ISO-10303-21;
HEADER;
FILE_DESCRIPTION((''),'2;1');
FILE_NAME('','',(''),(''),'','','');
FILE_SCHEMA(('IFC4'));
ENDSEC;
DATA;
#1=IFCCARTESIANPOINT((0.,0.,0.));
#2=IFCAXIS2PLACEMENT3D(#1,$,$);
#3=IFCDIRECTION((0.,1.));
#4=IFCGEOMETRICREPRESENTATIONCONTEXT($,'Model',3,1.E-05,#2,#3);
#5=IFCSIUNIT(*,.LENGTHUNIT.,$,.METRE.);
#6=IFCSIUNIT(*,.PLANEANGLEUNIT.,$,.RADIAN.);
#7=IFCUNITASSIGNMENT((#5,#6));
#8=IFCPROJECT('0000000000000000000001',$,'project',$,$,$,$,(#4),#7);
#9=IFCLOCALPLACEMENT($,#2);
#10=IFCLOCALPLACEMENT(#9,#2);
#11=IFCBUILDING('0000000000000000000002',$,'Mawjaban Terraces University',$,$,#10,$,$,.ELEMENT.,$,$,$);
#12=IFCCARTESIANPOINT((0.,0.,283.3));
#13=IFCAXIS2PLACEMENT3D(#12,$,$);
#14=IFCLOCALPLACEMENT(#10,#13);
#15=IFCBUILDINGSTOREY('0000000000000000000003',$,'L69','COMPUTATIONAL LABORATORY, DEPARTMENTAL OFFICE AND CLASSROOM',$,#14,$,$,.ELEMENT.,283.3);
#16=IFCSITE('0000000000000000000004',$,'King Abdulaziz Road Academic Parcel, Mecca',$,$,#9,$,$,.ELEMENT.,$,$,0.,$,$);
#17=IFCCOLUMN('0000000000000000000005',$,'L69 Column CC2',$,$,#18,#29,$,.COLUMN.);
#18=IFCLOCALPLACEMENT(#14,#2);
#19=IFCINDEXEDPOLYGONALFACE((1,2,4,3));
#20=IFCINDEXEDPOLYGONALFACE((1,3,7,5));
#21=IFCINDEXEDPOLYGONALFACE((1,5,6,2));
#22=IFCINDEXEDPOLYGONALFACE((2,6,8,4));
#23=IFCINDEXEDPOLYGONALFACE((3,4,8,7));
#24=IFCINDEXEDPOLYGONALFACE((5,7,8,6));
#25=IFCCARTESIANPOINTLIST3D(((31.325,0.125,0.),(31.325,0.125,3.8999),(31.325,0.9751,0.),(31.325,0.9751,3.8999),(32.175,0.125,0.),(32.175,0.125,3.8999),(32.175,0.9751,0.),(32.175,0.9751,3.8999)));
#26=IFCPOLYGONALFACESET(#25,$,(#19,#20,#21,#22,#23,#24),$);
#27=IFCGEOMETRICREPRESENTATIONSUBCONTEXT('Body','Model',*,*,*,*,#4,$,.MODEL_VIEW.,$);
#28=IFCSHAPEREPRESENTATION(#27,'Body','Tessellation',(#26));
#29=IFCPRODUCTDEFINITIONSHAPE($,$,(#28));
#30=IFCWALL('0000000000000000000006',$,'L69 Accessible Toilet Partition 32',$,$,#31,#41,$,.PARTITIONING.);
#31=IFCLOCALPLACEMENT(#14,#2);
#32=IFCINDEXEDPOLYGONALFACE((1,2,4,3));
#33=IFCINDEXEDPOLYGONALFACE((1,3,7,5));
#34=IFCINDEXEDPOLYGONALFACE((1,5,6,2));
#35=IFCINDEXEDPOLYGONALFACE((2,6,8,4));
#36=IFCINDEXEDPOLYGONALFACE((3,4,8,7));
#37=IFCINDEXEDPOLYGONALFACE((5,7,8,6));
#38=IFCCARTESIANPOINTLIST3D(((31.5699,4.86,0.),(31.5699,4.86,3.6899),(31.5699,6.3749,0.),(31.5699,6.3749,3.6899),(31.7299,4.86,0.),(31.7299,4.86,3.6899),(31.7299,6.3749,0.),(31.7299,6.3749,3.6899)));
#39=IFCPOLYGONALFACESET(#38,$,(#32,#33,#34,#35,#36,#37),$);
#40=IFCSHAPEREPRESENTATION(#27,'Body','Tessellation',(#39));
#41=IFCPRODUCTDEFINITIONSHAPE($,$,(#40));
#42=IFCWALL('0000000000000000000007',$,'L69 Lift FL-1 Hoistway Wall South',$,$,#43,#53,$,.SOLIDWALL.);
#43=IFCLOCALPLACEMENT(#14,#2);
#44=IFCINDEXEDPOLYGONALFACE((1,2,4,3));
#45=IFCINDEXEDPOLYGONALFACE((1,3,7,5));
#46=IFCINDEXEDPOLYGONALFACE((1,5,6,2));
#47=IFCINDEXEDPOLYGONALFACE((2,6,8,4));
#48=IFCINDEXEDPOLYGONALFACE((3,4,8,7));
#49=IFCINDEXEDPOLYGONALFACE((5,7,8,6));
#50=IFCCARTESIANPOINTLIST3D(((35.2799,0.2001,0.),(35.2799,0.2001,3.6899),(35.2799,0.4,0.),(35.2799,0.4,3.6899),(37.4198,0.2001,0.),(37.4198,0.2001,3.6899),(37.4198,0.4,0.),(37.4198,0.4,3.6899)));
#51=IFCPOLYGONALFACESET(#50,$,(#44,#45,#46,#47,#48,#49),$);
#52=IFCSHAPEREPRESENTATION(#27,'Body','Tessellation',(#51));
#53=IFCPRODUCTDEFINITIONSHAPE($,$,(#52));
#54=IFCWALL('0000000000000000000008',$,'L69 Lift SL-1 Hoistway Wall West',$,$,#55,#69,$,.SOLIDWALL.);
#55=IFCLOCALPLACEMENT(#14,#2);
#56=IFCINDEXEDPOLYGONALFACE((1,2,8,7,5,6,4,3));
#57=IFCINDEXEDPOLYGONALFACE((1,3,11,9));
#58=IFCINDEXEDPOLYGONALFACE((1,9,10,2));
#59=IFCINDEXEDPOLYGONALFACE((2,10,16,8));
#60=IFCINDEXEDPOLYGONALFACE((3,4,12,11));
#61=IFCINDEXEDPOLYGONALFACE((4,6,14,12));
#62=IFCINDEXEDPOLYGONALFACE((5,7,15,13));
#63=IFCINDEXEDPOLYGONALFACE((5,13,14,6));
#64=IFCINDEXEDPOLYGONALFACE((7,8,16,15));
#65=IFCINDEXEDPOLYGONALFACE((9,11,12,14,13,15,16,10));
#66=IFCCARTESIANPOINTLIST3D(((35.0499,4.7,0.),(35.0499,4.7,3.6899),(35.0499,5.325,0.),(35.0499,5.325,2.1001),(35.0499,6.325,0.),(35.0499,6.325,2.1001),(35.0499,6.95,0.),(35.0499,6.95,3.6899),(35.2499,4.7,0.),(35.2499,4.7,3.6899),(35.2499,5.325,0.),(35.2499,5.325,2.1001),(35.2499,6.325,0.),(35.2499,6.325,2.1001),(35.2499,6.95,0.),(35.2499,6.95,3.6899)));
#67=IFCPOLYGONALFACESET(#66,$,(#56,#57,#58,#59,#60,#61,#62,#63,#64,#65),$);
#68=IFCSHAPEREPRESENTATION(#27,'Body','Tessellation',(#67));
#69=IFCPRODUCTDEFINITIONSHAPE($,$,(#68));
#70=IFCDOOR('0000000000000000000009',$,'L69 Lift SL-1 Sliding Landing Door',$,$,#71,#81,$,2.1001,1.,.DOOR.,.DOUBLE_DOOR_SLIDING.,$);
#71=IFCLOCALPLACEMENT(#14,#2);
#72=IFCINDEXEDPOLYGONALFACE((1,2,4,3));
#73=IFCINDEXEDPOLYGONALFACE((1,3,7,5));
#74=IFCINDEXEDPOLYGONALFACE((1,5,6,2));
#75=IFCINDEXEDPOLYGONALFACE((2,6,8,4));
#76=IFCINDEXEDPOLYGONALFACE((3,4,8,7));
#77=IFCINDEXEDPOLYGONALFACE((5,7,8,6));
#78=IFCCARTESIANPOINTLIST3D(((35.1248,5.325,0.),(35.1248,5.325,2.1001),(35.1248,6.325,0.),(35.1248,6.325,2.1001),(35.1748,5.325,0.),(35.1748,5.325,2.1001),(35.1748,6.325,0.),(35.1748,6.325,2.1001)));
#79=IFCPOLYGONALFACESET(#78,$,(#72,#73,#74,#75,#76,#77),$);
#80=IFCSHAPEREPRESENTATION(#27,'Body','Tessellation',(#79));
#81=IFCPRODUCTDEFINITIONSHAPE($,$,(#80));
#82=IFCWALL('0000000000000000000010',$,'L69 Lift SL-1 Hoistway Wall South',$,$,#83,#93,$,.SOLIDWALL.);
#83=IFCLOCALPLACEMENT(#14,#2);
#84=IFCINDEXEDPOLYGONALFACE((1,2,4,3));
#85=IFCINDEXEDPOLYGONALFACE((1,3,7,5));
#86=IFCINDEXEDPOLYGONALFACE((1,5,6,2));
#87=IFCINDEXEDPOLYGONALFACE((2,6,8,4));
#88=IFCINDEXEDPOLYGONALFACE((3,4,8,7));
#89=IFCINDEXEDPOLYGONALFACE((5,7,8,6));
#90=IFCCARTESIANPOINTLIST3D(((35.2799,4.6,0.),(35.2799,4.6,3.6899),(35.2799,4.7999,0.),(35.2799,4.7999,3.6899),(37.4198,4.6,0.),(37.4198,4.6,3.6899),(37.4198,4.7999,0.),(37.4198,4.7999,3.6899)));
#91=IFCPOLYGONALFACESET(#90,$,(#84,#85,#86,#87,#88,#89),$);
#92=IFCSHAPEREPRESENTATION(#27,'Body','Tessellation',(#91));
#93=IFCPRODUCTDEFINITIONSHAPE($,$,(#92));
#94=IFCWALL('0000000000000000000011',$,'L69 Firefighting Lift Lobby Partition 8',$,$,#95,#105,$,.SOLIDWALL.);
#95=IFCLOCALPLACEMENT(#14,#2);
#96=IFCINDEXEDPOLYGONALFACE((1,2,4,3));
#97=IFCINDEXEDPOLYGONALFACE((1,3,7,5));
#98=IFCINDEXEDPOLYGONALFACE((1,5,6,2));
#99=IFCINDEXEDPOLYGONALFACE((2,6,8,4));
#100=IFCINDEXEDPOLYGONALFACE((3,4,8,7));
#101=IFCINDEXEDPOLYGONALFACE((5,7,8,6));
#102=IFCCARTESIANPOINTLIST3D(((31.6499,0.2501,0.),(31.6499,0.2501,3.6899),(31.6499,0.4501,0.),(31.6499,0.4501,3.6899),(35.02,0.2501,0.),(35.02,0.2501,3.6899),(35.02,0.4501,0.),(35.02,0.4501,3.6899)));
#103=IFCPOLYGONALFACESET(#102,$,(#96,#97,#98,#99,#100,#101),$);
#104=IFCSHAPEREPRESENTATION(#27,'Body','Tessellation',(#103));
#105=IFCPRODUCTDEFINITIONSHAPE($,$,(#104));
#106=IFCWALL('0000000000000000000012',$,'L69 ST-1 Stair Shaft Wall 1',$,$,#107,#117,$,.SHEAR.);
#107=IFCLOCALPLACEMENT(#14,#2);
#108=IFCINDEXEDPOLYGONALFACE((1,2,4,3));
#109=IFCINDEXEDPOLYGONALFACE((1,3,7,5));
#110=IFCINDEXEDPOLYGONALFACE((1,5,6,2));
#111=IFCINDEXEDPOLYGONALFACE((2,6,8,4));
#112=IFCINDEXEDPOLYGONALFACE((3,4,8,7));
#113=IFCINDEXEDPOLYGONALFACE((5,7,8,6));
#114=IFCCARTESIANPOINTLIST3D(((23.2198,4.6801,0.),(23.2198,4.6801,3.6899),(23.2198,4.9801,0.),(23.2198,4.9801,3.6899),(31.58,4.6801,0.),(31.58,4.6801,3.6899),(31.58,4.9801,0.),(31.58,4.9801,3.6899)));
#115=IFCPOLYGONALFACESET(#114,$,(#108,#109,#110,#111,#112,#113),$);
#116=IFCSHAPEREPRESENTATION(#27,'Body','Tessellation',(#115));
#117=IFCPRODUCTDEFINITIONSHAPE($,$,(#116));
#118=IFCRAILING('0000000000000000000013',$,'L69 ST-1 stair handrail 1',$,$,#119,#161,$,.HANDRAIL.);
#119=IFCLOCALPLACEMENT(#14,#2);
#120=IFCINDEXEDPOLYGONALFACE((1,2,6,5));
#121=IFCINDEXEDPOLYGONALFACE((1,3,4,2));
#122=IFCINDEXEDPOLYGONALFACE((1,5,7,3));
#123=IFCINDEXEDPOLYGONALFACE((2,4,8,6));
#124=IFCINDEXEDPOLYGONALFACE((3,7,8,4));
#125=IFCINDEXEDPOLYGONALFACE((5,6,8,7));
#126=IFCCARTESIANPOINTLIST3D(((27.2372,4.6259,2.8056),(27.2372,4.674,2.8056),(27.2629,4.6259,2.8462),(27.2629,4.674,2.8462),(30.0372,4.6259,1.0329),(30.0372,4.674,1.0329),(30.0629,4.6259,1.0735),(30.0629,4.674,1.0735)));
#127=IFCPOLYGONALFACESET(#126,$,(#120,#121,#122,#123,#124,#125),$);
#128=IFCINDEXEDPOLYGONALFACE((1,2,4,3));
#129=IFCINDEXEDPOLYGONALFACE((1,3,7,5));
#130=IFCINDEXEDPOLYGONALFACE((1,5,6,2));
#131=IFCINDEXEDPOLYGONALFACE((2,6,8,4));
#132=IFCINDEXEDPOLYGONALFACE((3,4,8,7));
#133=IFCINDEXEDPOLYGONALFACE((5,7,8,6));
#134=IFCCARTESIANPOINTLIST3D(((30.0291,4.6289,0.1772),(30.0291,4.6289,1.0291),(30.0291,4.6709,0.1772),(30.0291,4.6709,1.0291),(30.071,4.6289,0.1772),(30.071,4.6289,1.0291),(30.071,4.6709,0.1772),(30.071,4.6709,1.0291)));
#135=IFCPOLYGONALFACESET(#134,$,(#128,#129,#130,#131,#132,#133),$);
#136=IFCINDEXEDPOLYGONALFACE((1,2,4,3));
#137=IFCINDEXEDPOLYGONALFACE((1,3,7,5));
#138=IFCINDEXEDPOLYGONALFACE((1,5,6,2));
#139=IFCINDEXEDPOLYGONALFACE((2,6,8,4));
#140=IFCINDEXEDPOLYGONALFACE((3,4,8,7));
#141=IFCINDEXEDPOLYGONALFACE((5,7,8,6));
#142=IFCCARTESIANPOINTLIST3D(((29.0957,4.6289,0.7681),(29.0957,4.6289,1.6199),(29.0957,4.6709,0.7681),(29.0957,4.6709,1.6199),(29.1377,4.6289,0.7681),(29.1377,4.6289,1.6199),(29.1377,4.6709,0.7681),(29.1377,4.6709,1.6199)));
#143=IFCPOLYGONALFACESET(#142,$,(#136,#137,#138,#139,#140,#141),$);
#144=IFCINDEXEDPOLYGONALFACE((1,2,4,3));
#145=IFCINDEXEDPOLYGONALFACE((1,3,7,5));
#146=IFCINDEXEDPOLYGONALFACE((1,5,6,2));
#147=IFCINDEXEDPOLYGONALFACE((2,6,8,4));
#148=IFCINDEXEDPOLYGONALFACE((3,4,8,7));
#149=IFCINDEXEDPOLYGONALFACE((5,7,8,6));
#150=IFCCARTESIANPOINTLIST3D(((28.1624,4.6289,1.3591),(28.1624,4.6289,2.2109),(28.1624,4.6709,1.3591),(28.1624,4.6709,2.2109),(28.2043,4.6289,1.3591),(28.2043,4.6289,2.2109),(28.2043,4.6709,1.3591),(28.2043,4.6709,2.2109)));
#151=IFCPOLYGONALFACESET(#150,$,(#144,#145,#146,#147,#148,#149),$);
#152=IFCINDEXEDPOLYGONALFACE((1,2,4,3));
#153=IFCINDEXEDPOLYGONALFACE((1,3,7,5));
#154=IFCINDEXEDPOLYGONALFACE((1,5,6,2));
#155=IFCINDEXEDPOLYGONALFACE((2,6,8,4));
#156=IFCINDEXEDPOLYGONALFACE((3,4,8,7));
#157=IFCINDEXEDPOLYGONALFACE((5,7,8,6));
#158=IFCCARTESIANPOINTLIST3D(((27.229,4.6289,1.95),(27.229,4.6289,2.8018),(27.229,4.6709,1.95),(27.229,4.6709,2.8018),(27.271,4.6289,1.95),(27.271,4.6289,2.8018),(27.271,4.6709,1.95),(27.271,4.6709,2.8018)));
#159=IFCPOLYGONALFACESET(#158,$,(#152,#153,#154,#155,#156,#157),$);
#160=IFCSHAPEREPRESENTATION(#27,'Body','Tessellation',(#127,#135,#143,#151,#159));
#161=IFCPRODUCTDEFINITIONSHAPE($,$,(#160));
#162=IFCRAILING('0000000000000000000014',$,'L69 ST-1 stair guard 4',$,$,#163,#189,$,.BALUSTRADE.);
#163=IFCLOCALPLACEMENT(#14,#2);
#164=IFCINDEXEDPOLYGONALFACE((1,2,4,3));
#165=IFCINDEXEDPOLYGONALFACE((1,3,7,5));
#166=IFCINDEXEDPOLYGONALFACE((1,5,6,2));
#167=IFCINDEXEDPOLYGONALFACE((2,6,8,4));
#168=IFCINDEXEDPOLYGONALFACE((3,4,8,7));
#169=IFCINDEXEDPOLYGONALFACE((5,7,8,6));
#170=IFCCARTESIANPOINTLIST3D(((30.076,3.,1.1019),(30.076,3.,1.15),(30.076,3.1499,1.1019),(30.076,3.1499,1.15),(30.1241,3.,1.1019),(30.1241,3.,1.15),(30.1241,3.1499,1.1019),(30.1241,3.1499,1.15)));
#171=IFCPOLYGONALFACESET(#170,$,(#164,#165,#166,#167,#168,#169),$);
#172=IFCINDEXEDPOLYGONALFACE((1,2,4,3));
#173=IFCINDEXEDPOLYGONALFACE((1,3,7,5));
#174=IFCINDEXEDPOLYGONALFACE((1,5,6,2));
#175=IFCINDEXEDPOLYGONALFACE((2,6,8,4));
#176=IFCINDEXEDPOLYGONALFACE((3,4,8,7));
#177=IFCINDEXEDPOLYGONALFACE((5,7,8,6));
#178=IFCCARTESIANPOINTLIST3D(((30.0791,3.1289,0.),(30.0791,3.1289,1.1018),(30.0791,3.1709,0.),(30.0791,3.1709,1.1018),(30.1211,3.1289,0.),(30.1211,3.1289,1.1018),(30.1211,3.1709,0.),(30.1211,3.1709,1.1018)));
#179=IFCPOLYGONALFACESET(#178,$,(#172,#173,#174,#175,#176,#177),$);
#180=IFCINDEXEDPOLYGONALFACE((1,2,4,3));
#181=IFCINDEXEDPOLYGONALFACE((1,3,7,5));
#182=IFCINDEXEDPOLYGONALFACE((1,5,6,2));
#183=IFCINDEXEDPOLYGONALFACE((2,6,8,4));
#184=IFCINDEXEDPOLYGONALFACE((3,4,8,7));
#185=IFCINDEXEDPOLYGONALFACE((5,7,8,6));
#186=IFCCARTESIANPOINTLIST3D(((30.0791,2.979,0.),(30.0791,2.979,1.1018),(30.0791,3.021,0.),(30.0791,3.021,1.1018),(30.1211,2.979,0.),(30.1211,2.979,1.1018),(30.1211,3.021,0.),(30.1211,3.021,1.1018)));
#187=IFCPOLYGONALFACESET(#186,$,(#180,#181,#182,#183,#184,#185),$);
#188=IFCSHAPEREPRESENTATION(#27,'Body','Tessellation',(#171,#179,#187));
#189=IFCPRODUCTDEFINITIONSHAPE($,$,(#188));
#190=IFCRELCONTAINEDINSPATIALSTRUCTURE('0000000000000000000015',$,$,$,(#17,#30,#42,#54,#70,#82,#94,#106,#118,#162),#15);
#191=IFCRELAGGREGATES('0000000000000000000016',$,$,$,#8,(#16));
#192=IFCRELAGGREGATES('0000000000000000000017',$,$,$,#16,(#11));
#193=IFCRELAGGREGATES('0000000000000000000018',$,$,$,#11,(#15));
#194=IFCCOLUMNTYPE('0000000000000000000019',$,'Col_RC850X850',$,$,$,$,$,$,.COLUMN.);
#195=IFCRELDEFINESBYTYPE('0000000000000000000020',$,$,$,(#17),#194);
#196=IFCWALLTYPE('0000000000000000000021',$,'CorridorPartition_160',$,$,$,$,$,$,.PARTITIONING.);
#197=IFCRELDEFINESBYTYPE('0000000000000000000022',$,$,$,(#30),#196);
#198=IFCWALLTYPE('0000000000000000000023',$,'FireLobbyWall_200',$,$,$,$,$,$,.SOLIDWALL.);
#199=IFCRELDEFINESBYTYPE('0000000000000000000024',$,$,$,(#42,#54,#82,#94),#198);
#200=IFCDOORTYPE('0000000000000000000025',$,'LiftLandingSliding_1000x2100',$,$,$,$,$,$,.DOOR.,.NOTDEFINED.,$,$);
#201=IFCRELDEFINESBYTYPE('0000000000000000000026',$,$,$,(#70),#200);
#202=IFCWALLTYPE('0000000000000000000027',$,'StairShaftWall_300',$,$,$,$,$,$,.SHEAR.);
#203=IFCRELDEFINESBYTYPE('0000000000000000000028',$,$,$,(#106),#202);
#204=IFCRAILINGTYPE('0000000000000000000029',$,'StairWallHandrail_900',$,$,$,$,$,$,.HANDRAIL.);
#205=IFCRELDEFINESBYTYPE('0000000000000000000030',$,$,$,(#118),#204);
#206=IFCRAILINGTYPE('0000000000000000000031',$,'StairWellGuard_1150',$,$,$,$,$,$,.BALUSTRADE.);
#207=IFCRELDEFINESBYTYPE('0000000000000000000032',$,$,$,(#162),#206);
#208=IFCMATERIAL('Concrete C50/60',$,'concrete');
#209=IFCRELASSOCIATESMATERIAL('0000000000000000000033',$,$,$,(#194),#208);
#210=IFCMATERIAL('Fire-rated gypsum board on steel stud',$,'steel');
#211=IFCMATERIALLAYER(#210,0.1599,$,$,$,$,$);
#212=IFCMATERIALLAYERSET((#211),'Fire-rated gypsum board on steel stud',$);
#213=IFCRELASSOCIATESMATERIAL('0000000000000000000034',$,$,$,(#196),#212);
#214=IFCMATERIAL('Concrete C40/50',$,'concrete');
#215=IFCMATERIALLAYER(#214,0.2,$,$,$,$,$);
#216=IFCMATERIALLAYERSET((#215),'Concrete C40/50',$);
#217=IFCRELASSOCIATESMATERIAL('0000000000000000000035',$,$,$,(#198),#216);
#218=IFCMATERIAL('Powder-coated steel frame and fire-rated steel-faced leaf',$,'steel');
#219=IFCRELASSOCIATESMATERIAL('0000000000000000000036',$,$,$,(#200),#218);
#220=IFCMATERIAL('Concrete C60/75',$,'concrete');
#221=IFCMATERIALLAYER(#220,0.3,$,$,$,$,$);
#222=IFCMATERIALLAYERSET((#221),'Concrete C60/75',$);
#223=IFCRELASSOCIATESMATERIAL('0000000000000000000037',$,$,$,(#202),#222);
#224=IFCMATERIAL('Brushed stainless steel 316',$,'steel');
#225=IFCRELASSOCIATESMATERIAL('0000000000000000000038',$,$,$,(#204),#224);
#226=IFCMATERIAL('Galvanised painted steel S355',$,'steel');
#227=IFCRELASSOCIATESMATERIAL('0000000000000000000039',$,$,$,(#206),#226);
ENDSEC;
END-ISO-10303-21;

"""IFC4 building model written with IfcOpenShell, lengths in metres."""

from ifc_helpers import new_model, si_unit, direction, frame, frame_2d, origin, origin_2d, place, context, subcontext, project, spatial, rectangle, extrude, material, layer, layer_set, material_profile, profile_set, type_object, element, fill, save


model = new_model("IFC4")

# Units and contexts
model_context = context("Model", 3, precision=1e-05, world=origin(), true_north=direction((0.0, 1.0)))
body_context = subcontext(model_context, "Body", "Model", "MODEL_VIEW")
ifc_project = project(units=[si_unit("LENGTHUNIT", "METRE"), si_unit("PLANEANGLEUNIT", "RADIAN")], contexts=[model_context])

# Site, building, storey
site_placement = place(None, origin())
site = spatial("IfcSite", under=ifc_project, at=site_placement, Name="King Abdulaziz Road Academic Parcel, Mecca", CompositionType="ELEMENT", RefElevation=0.0)
building_placement = place(site_placement, origin())
building = spatial("IfcBuilding", under=site, at=building_placement, Name="Mawjaban Terraces University", CompositionType="ELEMENT")
storey_placement = place(building_placement, frame((0.0, 0.0, 283.3)))
storey = spatial("IfcBuildingStorey", under=building, at=storey_placement, Name="L69", Description="COMPUTATIONAL LABORATORY, DEPARTMENTAL OFFICE AND CLASSROOM", CompositionType="ELEMENT", Elevation=283.3)

# Column
ifc_material_1 = material(Name="Concrete C50/60", Category="concrete")
ifc_material_profile = material_profile(ifc_material_1, rectangle(XDim=0.8501, YDim=0.8501, at=origin_2d()), Name="RC850X850")
ifc_profile_set = profile_set([ifc_material_profile], Name="Concrete C50/60")
column_type = type_object("IfcColumnType", Name="Col_RC850X850", PredefinedType="COLUMN", material=ifc_profile_set)
column_placement = place(storey_placement, frame((31.75, 0.55, 0.0), z_axis=(0.0, 0.0, 1.0), x_axis=(1.0, 0.0, 0.0)))
element("IfcColumn", 1, at=column_placement, inside=storey, type_object=column_type, Name="L69 Column CC2", PredefinedType="COLUMN", context=body_context, shape_type="SweptSolid", body=[
    extrude(rectangle(XDim=0.8501, YDim=0.8501, at=origin_2d()), origin(), (0.0, 0.0, 1.0), 3.8999),
])

# Wall
ifc_material_2 = material(Name="Fire-rated gypsum board on steel stud", Category="steel")
ifc_layer_1 = layer(ifc_material_2, 0.1599)
ifc_layer_set_1 = layer_set([ifc_layer_1], Name="Fire-rated gypsum board on steel stud")
wall_type_1 = type_object("IfcWallType", Name="CorridorPartition_160", PredefinedType="PARTITIONING", material=ifc_layer_set_1)
wall_1_placement = place(storey_placement, frame((31.6499, 4.8601, 0.0), z_axis=(0.0, 0.0, 1.0), x_axis=(0.0, 1.0, 0.0)))
element("IfcWall", 2, at=wall_1_placement, inside=storey, type_object=wall_type_1, Name="L69 Accessible Toilet Partition 32", PredefinedType="PARTITIONING", context=body_context, shape_type="SweptSolid", body=[
    extrude(rectangle(XDim=1.5149, YDim=0.1599, at=frame_2d((0.7573, 0.0))), origin(), (0.0, 0.0, 1.0), 3.6899),
])

# Shared definitions
ifc_material_3 = material(Name="Concrete C40/50", Category="concrete")
ifc_layer_2 = layer(ifc_material_3, 0.2)
ifc_layer_set_2 = layer_set([ifc_layer_2], Name="Concrete C40/50")
wall_type_2 = type_object("IfcWallType", Name="FireLobbyWall_200", PredefinedType="SOLIDWALL", material=ifc_layer_set_2)
ifc_material_4 = material(Name="Powder-coated steel frame and fire-rated steel-faced leaf", Category="steel")

# Wall
wall_2_placement = place(storey_placement, frame((35.28, 0.3, 0.0), z_axis=(0.0, 0.0, 1.0), x_axis=(1.0, 0.0, 0.0)))
element("IfcWall", 3, at=wall_2_placement, inside=storey, type_object=wall_type_2, Name="L69 Lift FL-1 Hoistway Wall South", PredefinedType="SOLIDWALL", context=body_context, shape_type="SweptSolid", body=[
    extrude(rectangle(XDim=2.1399, YDim=0.2, at=frame_2d((1.0698, 0.0))), origin(), (0.0, 0.0, 1.0), 3.6899),
])

# Wall, opening, door
wall_3_placement = place(storey_placement, frame((35.1499, 6.95, 0.0), z_axis=(0.0, 0.0, 1.0), x_axis=(0.0, -1.0, 0.0)))
wall_3 = element("IfcWall", 4, at=wall_3_placement, inside=storey, type_object=wall_type_2, Name="L69 Lift SL-1 Hoistway Wall West", PredefinedType="SOLIDWALL", context=body_context, shape_type="SweptSolid", body=[
    extrude(rectangle(XDim=2.25, YDim=0.2, at=frame_2d((1.125, 0.0))), origin(), (0.0, 0.0, 1.0), 3.6899),
])
opening_1_placement = place(wall_3_placement, frame((0.625, 0.0, 0.0)))
opening_1 = element("IfcOpeningElement", 5, at=opening_1_placement, cuts=wall_3, PredefinedType="OPENING", context=body_context, shape_type="SweptSolid", body=[
    extrude(rectangle(XDim=1.0, YDim=2.1001, at=frame_2d((0.5, 1.05))), frame((0.0, 0.1099, 0.0), z_axis=(0.0, -1.0, 0.0), x_axis=(1.0, 0.0, 0.0)), (0.0, 0.0, 1.0), 0.22),
])
door_type_1 = type_object("IfcDoorType", Name="LiftLandingSliding_1000x2100", OperationType="NOTDEFINED", PredefinedType="DOOR", material=ifc_material_4)
door_1_placement = place(opening_1_placement, origin())
door_1 = element("IfcDoor", 6, at=door_1_placement, inside=storey, type_object=door_type_1, Name="L69 Lift SL-1 Sliding Landing Door", OperationType="DOUBLE_DOOR_SLIDING", OverallHeight=2.1001, OverallWidth=1.0, PredefinedType="DOOR", context=body_context, shape_type="SweptSolid", body=[
    extrude(rectangle(XDim=1.0, YDim=2.1001, at=frame_2d((0.5, 1.05))), frame((0.0, 0.0249, 0.0), z_axis=(0.0, -1.0, 0.0), x_axis=(1.0, 0.0, 0.0)), (0.0, 0.0, 1.0), 0.05),
])
fill(opening_1, door_1)

# Walls
wall_4_placement = place(storey_placement, frame((35.28, 4.7, 0.0), z_axis=(0.0, 0.0, 1.0), x_axis=(1.0, 0.0, 0.0)))
element("IfcWall", 7, at=wall_4_placement, inside=storey, type_object=wall_type_2, Name="L69 Lift SL-1 Hoistway Wall South", PredefinedType="SOLIDWALL", context=body_context, shape_type="SweptSolid", body=[
    extrude(rectangle(XDim=2.1399, YDim=0.2, at=frame_2d((1.0698, 0.0))), origin(), (0.0, 0.0, 1.0), 3.6899),
])
wall_5_placement = place(storey_placement, frame((31.6499, 0.3501, 0.0), z_axis=(0.0, 0.0, 1.0), x_axis=(1.0, 0.0, 0.0)))
element("IfcWall", 8, at=wall_5_placement, inside=storey, type_object=wall_type_2, Name="L69 Firefighting Lift Lobby Partition 8", PredefinedType="SOLIDWALL", context=body_context, shape_type="SweptSolid", body=[
    extrude(rectangle(XDim=3.3701, YDim=0.2, at=frame_2d((1.6851, 0.0))), origin(), (0.0, 0.0, 1.0), 3.6899),
])

# Wall
ifc_material_5 = material(Name="Concrete C60/75", Category="concrete")
ifc_layer_3 = layer(ifc_material_5, 0.3)
ifc_layer_set_3 = layer_set([ifc_layer_3], Name="Concrete C60/75")
wall_type_3 = type_object("IfcWallType", Name="StairShaftWall_300", PredefinedType="SHEAR", material=ifc_layer_set_3)
wall_6_placement = place(storey_placement, frame((31.5801, 4.8301, 0.0), z_axis=(0.0, 0.0, 1.0), x_axis=(-1.0, 0.0, 0.0)))
element("IfcWall", 9, at=wall_6_placement, inside=storey, type_object=wall_type_3, Name="L69 ST-1 Stair Shaft Wall 1", PredefinedType="SHEAR", context=body_context, shape_type="SweptSolid", body=[
    extrude(rectangle(XDim=8.3601, YDim=0.3, at=frame_2d((4.1802, 0.0))), origin(), (0.0, 0.0, 1.0), 3.6899),
])

# Railings
ifc_material_6 = material(Name="Brushed stainless steel 316", Category="steel")
railing_type_1 = type_object("IfcRailingType", Name="StairWallHandrail_900", PredefinedType="HANDRAIL", material=ifc_material_6)
railing_1_placement = place(storey_placement, frame((30.05, 4.6499, 0.1772)))
element("IfcRailing", 10, at=railing_1_placement, inside=storey, type_object=railing_type_1, Name="L69 ST-1 stair handrail 1", PredefinedType="HANDRAIL", context=body_context, shape_type="SweptSolid", body=[
    extrude(rectangle(XDim=0.0481, YDim=0.0481, at=origin_2d()), frame((0.0, 0.0, 0.876), z_axis=(-0.844909, 0.0, 0.53491), x_axis=(0.0, -1.0, 0.0)), (0.0, 0.0, 1.0), 3.314),
    extrude(rectangle(XDim=0.042, YDim=0.042, at=origin_2d()), origin(), (0.0, 0.0, 1.0), 0.8518),
    extrude(rectangle(XDim=0.042, YDim=0.042, at=origin_2d()), frame((-0.9333, 0.0, 0.5908)), (0.0, 0.0, 1.0), 0.8518),
    extrude(rectangle(XDim=0.042, YDim=0.042, at=origin_2d()), frame((-1.8667, 0.0, 1.1819)), (0.0, 0.0, 1.0), 0.8518),
    extrude(rectangle(XDim=0.042, YDim=0.042, at=origin_2d()), frame((-2.8, 0.0, 1.7727)), (0.0, 0.0, 1.0), 0.8518),
])
ifc_material_7 = material(Name="Galvanised painted steel S355", Category="steel")
railing_type_2 = type_object("IfcRailingType", Name="StairWellGuard_1150", PredefinedType="BALUSTRADE", material=ifc_material_7)
railing_2_placement = place(storey_placement, frame((30.1001, 3.1499, 0.0)))
element("IfcRailing", 11, at=railing_2_placement, inside=storey, type_object=railing_type_2, Name="L69 ST-1 stair guard 4", PredefinedType="BALUSTRADE", context=body_context, shape_type="SweptSolid", body=[
    extrude(rectangle(XDim=0.0481, YDim=0.0481, at=origin_2d()), frame((0.0, 0.0, 1.126), z_axis=(0.0, -1.0, 0.0), x_axis=(1.0, 0.0, 0.0)), (0.0, 0.0, 1.0), 0.1499),
    extrude(rectangle(XDim=0.042, YDim=0.042, at=origin_2d()), origin(), (0.0, 0.0, 1.0), 1.1018),
    extrude(rectangle(XDim=0.042, YDim=0.042, at=origin_2d()), frame((0.0, -0.1499, 0.0)), (0.0, 0.0, 1.0), 1.1018),
])

save(model, "model.ifc")
